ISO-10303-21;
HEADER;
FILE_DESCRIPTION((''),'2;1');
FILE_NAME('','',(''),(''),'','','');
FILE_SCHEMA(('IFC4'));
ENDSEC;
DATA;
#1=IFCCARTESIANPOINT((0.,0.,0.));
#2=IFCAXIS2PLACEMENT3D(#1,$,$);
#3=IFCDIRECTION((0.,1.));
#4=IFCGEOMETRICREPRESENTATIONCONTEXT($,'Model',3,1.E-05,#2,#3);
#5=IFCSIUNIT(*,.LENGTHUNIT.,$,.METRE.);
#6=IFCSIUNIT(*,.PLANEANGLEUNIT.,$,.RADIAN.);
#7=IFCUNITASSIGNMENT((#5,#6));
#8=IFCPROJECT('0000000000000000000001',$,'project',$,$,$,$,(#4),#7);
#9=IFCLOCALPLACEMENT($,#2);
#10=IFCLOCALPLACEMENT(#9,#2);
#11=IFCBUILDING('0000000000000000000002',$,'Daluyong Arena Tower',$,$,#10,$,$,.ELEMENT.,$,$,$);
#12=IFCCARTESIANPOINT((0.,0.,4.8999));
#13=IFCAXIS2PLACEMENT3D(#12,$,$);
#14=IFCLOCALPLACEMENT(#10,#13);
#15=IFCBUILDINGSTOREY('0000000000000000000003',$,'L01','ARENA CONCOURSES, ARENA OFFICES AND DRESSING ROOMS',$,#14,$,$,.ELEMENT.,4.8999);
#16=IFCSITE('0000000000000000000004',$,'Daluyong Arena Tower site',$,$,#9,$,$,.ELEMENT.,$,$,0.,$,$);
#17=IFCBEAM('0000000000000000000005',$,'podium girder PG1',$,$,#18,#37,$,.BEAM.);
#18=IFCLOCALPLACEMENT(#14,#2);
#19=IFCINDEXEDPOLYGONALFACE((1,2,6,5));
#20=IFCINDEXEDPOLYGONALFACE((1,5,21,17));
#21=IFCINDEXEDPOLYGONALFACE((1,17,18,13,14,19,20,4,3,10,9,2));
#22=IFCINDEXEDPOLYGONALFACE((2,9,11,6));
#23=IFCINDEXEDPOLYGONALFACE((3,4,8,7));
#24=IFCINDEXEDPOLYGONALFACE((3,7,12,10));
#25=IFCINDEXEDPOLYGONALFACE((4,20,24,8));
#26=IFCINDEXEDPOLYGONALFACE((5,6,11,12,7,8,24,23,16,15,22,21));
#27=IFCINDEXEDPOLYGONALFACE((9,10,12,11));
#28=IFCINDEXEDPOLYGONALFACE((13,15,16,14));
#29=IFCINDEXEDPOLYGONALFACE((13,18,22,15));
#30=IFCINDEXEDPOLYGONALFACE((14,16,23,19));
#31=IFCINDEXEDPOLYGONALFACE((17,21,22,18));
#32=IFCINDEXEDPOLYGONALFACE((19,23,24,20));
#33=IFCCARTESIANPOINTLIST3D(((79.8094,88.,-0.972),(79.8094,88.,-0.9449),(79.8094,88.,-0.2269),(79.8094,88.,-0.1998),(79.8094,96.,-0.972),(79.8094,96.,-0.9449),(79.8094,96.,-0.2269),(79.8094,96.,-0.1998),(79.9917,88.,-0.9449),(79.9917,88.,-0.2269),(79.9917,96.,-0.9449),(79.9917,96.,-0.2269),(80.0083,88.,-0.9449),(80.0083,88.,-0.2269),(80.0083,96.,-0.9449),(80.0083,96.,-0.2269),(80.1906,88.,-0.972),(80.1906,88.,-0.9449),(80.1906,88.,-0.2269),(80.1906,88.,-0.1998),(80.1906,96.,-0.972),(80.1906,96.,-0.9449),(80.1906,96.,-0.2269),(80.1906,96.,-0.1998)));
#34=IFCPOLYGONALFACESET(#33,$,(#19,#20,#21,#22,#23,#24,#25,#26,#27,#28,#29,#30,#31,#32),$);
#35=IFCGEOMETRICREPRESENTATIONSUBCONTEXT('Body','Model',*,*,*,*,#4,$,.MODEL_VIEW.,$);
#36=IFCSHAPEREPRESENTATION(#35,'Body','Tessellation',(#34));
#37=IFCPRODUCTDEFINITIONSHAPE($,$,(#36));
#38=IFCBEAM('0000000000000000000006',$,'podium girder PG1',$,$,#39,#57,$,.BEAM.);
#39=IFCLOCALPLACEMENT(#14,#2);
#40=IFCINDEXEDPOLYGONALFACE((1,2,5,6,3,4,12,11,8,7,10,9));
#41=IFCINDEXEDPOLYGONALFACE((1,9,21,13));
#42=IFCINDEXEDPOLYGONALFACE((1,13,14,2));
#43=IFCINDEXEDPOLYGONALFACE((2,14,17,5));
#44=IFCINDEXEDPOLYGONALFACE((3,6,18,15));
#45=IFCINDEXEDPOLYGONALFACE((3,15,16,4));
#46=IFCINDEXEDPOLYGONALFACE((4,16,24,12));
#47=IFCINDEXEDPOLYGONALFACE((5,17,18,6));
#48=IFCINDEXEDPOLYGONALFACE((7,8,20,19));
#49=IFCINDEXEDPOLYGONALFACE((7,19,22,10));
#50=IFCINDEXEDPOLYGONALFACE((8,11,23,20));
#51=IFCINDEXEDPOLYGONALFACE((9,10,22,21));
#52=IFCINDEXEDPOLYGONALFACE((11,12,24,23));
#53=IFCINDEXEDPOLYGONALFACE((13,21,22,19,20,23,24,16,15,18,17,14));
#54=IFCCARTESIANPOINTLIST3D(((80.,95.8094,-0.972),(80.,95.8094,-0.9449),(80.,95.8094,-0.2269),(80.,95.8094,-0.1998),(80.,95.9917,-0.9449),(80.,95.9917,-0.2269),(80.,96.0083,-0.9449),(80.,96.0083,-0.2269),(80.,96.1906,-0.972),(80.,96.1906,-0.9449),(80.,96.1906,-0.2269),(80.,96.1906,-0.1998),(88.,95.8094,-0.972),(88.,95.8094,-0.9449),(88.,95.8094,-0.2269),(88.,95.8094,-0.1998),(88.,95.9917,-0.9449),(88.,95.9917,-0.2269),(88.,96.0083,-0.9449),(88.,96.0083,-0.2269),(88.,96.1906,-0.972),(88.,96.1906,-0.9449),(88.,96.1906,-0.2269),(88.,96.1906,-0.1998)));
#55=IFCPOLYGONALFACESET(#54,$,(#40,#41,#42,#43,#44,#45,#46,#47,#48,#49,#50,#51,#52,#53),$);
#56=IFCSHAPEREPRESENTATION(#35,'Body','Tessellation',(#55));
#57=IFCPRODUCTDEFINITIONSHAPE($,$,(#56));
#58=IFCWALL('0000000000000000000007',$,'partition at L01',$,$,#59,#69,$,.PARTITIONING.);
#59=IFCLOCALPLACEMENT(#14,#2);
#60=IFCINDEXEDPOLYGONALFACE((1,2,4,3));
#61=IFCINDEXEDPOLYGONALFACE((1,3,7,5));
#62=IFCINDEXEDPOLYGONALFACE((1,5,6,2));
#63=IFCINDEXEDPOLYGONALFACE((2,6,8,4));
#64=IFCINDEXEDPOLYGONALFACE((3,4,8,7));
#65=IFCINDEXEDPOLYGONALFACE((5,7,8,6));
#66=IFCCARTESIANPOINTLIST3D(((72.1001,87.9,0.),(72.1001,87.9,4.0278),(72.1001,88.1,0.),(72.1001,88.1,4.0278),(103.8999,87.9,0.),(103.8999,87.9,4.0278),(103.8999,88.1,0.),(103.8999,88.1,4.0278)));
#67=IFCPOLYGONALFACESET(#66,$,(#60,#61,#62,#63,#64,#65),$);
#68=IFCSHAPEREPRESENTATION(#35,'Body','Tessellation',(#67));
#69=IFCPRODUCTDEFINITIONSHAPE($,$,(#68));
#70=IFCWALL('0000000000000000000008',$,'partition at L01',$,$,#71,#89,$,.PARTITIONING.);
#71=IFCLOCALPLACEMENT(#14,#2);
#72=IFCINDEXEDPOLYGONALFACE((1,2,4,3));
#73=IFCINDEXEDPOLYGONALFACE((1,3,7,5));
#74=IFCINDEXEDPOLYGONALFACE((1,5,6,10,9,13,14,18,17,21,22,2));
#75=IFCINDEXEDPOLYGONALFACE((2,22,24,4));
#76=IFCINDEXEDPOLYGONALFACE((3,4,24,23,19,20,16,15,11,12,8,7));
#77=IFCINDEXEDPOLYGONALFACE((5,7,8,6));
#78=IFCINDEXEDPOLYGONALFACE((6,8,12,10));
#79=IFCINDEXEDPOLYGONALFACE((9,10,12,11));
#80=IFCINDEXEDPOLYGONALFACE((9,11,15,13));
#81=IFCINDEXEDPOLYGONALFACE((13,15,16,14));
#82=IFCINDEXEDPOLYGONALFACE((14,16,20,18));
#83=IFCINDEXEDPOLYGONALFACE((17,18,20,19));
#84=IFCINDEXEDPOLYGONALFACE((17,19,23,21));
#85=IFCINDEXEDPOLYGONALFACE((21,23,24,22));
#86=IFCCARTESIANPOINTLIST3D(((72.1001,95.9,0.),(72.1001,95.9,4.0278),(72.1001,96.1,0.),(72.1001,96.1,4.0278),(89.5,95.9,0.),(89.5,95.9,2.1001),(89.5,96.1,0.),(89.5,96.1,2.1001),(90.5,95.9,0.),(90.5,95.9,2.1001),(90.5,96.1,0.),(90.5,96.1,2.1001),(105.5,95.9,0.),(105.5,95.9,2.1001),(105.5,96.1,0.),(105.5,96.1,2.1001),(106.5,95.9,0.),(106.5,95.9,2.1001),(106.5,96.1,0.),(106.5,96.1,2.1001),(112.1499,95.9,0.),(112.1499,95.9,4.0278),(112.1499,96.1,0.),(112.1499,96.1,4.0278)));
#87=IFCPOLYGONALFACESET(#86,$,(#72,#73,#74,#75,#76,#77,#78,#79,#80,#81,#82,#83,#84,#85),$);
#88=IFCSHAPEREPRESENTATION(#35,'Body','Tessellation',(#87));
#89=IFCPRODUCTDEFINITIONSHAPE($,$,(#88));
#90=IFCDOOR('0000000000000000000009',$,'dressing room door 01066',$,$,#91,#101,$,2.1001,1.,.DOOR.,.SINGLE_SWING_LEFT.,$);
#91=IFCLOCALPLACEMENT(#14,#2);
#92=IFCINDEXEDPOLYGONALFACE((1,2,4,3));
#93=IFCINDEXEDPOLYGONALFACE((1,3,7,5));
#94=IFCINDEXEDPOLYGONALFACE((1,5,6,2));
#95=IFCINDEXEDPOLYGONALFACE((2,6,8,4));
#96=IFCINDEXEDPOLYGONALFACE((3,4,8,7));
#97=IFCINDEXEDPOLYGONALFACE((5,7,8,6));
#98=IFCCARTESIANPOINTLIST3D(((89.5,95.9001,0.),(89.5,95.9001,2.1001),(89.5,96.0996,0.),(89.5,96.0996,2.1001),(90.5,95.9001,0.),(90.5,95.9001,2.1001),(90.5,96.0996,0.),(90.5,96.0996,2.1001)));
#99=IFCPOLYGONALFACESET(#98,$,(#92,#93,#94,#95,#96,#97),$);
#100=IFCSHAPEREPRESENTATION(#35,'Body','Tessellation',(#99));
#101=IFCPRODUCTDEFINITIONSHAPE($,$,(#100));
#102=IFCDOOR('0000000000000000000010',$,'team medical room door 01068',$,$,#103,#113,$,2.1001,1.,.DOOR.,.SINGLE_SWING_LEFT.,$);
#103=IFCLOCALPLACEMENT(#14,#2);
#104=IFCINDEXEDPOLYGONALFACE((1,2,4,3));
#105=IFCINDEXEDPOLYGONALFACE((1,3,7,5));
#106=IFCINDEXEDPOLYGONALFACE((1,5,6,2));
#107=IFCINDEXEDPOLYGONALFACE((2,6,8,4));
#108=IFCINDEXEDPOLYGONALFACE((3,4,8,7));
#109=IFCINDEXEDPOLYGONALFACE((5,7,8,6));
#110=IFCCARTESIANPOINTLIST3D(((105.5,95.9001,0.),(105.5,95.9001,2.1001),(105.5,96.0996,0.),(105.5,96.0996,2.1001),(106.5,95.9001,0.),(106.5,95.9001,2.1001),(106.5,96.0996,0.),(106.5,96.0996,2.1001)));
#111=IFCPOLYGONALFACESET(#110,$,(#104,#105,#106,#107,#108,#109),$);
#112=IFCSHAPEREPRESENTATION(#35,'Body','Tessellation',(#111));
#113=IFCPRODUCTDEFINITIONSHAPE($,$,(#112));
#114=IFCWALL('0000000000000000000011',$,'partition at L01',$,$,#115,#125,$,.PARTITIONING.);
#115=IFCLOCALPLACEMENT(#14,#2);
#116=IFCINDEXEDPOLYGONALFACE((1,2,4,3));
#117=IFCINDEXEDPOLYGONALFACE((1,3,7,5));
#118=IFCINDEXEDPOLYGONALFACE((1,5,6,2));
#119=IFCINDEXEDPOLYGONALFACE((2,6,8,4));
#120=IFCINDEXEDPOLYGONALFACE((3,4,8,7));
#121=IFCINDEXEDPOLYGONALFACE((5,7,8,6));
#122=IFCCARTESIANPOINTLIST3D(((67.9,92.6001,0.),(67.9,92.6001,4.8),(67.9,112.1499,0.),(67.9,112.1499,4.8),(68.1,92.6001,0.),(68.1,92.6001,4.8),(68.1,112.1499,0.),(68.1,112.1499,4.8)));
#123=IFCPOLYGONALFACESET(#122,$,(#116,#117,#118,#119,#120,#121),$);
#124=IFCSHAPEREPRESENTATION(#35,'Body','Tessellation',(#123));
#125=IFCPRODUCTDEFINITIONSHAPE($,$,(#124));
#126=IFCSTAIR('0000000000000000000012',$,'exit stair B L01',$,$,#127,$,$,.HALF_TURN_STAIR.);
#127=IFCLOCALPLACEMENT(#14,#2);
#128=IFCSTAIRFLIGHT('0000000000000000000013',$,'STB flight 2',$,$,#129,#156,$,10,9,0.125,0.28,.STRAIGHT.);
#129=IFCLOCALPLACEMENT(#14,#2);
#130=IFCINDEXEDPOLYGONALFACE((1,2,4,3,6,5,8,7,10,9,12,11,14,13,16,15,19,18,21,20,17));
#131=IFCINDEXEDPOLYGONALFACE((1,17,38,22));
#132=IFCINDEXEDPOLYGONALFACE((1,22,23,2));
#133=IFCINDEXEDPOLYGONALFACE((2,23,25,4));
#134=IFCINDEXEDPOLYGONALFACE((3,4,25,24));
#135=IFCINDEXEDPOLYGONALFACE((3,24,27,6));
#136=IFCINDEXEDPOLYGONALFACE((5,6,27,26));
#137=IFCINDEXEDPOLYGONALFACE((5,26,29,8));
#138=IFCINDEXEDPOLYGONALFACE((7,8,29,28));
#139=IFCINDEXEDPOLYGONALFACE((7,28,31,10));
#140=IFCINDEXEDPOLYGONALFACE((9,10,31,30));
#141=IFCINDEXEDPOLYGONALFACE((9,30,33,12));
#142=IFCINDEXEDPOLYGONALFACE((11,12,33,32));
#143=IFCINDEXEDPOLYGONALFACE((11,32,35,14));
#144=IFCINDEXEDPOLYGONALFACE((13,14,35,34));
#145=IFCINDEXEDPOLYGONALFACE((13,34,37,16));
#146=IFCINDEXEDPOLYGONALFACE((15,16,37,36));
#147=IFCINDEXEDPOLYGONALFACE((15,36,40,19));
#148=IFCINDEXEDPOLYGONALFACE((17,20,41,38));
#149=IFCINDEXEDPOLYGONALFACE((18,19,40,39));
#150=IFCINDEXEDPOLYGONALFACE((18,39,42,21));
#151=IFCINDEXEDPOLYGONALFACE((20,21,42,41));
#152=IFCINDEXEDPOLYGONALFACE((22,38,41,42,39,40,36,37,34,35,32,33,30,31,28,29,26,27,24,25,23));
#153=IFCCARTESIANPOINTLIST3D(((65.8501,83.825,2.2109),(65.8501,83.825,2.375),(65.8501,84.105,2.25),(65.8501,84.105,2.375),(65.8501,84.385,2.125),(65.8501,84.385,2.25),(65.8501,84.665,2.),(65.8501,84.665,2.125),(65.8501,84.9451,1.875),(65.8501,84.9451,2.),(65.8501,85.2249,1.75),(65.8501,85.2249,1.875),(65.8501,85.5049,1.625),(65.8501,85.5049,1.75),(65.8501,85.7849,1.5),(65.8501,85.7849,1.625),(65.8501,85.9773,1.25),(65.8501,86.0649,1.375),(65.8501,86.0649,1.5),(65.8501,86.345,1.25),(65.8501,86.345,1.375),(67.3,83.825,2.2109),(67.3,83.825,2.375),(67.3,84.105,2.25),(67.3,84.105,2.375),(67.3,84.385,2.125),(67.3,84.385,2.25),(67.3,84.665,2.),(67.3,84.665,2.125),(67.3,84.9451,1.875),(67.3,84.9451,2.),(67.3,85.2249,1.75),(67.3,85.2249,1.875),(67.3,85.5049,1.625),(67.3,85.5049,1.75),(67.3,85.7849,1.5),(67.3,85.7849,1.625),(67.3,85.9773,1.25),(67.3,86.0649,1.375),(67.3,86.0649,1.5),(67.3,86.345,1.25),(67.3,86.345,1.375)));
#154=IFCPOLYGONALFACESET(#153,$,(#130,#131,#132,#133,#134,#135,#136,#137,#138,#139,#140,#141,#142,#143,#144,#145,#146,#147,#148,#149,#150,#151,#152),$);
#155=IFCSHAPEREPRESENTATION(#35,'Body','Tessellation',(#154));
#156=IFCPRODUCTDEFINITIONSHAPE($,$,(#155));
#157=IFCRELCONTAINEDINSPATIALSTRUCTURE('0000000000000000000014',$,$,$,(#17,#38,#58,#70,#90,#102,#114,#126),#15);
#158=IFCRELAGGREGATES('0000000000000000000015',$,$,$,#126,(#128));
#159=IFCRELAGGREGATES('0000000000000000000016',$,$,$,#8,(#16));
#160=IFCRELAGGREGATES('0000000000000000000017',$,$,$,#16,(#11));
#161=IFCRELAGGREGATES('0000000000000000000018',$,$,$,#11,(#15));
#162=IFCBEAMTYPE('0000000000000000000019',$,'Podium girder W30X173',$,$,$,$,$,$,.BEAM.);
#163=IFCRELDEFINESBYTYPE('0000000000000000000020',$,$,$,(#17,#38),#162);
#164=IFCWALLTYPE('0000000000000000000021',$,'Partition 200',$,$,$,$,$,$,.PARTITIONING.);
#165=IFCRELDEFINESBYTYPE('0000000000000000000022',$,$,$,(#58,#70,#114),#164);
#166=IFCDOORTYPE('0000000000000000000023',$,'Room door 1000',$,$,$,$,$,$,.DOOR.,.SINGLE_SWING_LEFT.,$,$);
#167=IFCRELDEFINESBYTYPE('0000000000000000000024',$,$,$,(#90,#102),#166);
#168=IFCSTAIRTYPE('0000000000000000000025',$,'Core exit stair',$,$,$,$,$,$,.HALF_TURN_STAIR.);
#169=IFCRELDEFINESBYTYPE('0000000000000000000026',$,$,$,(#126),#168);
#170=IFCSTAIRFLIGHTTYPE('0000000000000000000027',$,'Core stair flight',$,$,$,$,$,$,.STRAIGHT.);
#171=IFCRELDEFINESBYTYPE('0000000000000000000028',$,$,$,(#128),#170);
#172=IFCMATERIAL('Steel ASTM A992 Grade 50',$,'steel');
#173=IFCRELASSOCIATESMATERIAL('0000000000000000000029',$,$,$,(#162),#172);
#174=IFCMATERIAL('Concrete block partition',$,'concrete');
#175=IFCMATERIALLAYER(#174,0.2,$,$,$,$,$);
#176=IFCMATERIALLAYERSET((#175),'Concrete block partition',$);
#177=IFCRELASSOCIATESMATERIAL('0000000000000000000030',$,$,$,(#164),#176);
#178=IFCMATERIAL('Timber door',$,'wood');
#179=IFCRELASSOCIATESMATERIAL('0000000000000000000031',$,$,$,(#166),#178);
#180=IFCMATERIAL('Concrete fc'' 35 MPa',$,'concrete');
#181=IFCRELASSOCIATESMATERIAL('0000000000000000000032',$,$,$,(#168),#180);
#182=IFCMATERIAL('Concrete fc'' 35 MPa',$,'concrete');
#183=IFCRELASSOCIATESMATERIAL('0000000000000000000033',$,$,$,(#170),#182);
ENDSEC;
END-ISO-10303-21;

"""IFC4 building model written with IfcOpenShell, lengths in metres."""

from ifc_helpers import new_model, si_unit, direction, frame, frame_2d, origin, origin_2d, place, context, subcontext, project, spatial, polyline, rectangle, i_section, outline, extrude, material, layer, layer_set, material_profile, profile_set, type_object, element, fill, aggregate, save


model = new_model("IFC4")

# Units and contexts
model_context = context("Model", 3, precision=1e-05, world=origin(), true_north=direction((0.0, 1.0)))
body_context = subcontext(model_context, "Body", "Model", "MODEL_VIEW")
ifc_project = project(units=[si_unit("LENGTHUNIT", "METRE"), si_unit("PLANEANGLEUNIT", "RADIAN")], contexts=[model_context])

# Site, building, storey
site_placement = place(None, origin())
site = spatial("IfcSite", under=ifc_project, at=site_placement, Name="Daluyong Arena Tower site", CompositionType="ELEMENT", RefElevation=0.0)
building_placement = place(site_placement, origin())
building = spatial("IfcBuilding", under=site, at=building_placement, Name="Daluyong Arena Tower", CompositionType="ELEMENT")
storey_placement = place(building_placement, frame((0.0, 0.0, 4.8999)))
storey = spatial("IfcBuildingStorey", under=building, at=storey_placement, Name="L01", Description="ARENA CONCOURSES, ARENA OFFICES AND DRESSING ROOMS", CompositionType="ELEMENT", Elevation=4.8999)

# Beams
ifc_material_1 = material(Name="Steel ASTM A992 Grade 50", Category="steel")
ifc_material_profile_1 = material_profile(ifc_material_1, i_section(OverallWidth=0.3811, OverallDepth=0.7722, WebThickness=0.0166, FlangeThickness=0.0271, at=origin_2d()))
ifc_profile_set_1 = profile_set([ifc_material_profile_1], Name="Steel ASTM A992 Grade 50")
beam_type_1 = type_object("IfcBeamType", Name="Podium girder W30X173", PredefinedType="BEAM", material=ifc_profile_set_1)
for number, where, z_axis, x_axis, name in (
    (1, (80.0, 88.0, -0.5859), (0.0, 1.0, 0.0), (-1.0, 0.0, 0.0), "podium girder PG1"),
    (2, (80.0, 96.0, -0.5859), (1.0, 0.0, 0.0), (0.0, 1.0, 0.0), "podium girder PG1"),
):
    element("IfcBeam", number, at=place(storey_placement, frame(where, z_axis=z_axis, x_axis=x_axis)), inside=storey, type_object=beam_type_1, Name=name, PredefinedType="BEAM", context=body_context, shape_type="SweptSolid", body=[
        extrude(i_section(OverallWidth=0.3811, OverallDepth=0.7722, WebThickness=0.0166, FlangeThickness=0.0271, at=origin_2d()), origin(), (0.0, 0.0, 1.0), 8.0),
    ])

# Wall
ifc_material_2 = material(Name="Concrete block partition", Category="concrete")
ifc_layer = layer(ifc_material_2, 0.2)
ifc_layer_set = layer_set([ifc_layer], Name="Concrete block partition")
wall_type = type_object("IfcWallType", Name="Partition 200", PredefinedType="PARTITIONING", material=ifc_layer_set)
wall_1_placement = place(storey_placement, frame((72.1001, 88.0, 0.0), z_axis=(0.0, 0.0, 1.0), x_axis=(1.0, 0.0, 0.0)))
element("IfcWall", 3, at=wall_1_placement, inside=storey, type_object=wall_type, Name="partition at L01", PredefinedType="PARTITIONING", context=body_context, shape_type="SweptSolid", body=[
    extrude(rectangle(XDim=31.7998, YDim=0.2, at=frame_2d((15.8999, 0.0))), origin(), (0.0, 0.0, 1.0), 4.0278),
])

# Wall, openings, doors
wall_2_placement = place(storey_placement, frame((72.1001, 96.0, 0.0), z_axis=(0.0, 0.0, 1.0), x_axis=(1.0, 0.0, 0.0)))
wall_2 = element("IfcWall", 4, at=wall_2_placement, inside=storey, type_object=wall_type, Name="partition at L01", PredefinedType="PARTITIONING", context=body_context, shape_type="SweptSolid", body=[
    extrude(rectangle(XDim=40.0498, YDim=0.2, at=frame_2d((20.0249, 0.0))), origin(), (0.0, 0.0, 1.0), 4.0278),
])
opening_1_placement = place(wall_2_placement, frame((17.3999, 0.0, 0.0)))
opening_1 = element("IfcOpeningElement", 5, at=opening_1_placement, cuts=wall_2, PredefinedType="OPENING", context=body_context, shape_type="SweptSolid", body=[
    extrude(rectangle(XDim=1.0, YDim=2.1001, at=frame_2d((0.5, 1.05))), frame((0.0, 0.1099, 0.0), z_axis=(0.0, -1.0, 0.0), x_axis=(1.0, 0.0, 0.0)), (0.0, 0.0, 1.0), 0.22),
])
opening_2_placement = place(wall_2_placement, frame((33.3999, 0.0, 0.0)))
opening_2 = element("IfcOpeningElement", 6, at=opening_2_placement, cuts=wall_2, PredefinedType="OPENING", context=body_context, shape_type="SweptSolid", body=[
    extrude(rectangle(XDim=1.0, YDim=2.1001, at=frame_2d((0.5, 1.05))), frame((0.0, 0.1099, 0.0), z_axis=(0.0, -1.0, 0.0), x_axis=(1.0, 0.0, 0.0)), (0.0, 0.0, 1.0), 0.22),
])
ifc_material_3 = material(Name="Timber door", Category="wood")
door_type = type_object("IfcDoorType", Name="Room door 1000", OperationType="SINGLE_SWING_LEFT", PredefinedType="DOOR", material=ifc_material_3)
door_1_placement = place(opening_1_placement, origin())
door_1 = element("IfcDoor", 7, at=door_1_placement, inside=storey, type_object=door_type, Name="dressing room door 01066", OperationType="SINGLE_SWING_LEFT", OverallHeight=2.1001, OverallWidth=1.0, PredefinedType="DOOR", context=body_context, shape_type="SweptSolid", body=[
    extrude(rectangle(XDim=1.0, YDim=2.1001, at=frame_2d((0.5, 1.05))), frame((0.0, 0.0996, 0.0), z_axis=(0.0, -1.0, 0.0), x_axis=(1.0, 0.0, 0.0)), (0.0, 0.0, 1.0), 0.1995),
])
fill(opening_1, door_1)
door_2_placement = place(opening_2_placement, origin())
door_2 = element("IfcDoor", 8, at=door_2_placement, inside=storey, type_object=door_type, Name="team medical room door 01068", OperationType="SINGLE_SWING_LEFT", OverallHeight=2.1001, OverallWidth=1.0, PredefinedType="DOOR", context=body_context, shape_type="SweptSolid", body=[
    extrude(rectangle(XDim=1.0, YDim=2.1001, at=frame_2d((0.5, 1.05))), frame((0.0, 0.0996, 0.0), z_axis=(0.0, -1.0, 0.0), x_axis=(1.0, 0.0, 0.0)), (0.0, 0.0, 1.0), 0.1995),
])
fill(opening_2, door_2)

# Wall
wall_3_placement = place(storey_placement, frame((68.0, 92.6001, 0.0), z_axis=(0.0, 0.0, 1.0), x_axis=(0.0, 1.0, 0.0)))
element("IfcWall", 9, at=wall_3_placement, inside=storey, type_object=wall_type, Name="partition at L01", PredefinedType="PARTITIONING", context=body_context, shape_type="SweptSolid", body=[
    extrude(rectangle(XDim=19.5498, YDim=0.2, at=frame_2d((9.7749, 0.0))), origin(), (0.0, 0.0, 1.0), 4.8),
])

# Stair, stair flight
ifc_material_4 = material(Name="Concrete fc' 35 MPa", Category="concrete")
stair_type = type_object("IfcStairType", Name="Core exit stair", PredefinedType="HALF_TURN_STAIR", material=ifc_material_4)
stair_placement = place(storey_placement, origin())
stair = element("IfcStair", 10, at=stair_placement, inside=storey, type_object=stair_type, Name="exit stair B L01", PredefinedType="HALF_TURN_STAIR")
ifc_material_5 = material(Name="Concrete fc' 35 MPa", Category="concrete")
stair_flight_type = type_object("IfcStairFlightType", Name="Core stair flight", PredefinedType="STRAIGHT", material=ifc_material_5)
stair_flight_1_placement = place(storey_placement, frame((66.575, 86.345, 1.25), z_axis=(0.0, 0.0, 1.0), x_axis=(0.0, -1.0, 0.0)))
stair_flight_1 = element("IfcStairFlight", 11, at=stair_flight_1_placement, type_object=stair_flight_type, Name="STB flight 2", NumberOfRisers=10, NumberOfTreads=9, PredefinedType="STRAIGHT", RiserHeight=0.125, TreadLength=0.28, context=body_context, shape_type="SweptSolid", body=[
    extrude(outline(polyline([(0.0, 0.0), (0.0, 0.125), (0.28, 0.125), (0.28, 0.25), (0.5601, 0.25), (0.5601, 0.375), (0.8401, 0.375), (0.8401, 0.5), (1.1201, 0.5), (1.1201, 0.625), (1.3999, 0.625), (1.3999, 0.75), (1.6799, 0.75), (1.6799, 0.875), (1.96, 0.875), (1.96, 1.0), (2.24, 1.0), (2.24, 1.125), (2.52, 1.125), (2.52, 1.25), (2.52, 0.9609), (0.3677, 0.0), (0.0, 0.0)])), frame((0.0, 0.7251, 0.0), z_axis=(0.0, -1.0, 0.0), x_axis=(1.0, 0.0, 0.0)), (0.0, 0.0, 1.0), 1.45),
])
aggregate(stair, [stair_flight_1])

save(model, "model.ifc")
